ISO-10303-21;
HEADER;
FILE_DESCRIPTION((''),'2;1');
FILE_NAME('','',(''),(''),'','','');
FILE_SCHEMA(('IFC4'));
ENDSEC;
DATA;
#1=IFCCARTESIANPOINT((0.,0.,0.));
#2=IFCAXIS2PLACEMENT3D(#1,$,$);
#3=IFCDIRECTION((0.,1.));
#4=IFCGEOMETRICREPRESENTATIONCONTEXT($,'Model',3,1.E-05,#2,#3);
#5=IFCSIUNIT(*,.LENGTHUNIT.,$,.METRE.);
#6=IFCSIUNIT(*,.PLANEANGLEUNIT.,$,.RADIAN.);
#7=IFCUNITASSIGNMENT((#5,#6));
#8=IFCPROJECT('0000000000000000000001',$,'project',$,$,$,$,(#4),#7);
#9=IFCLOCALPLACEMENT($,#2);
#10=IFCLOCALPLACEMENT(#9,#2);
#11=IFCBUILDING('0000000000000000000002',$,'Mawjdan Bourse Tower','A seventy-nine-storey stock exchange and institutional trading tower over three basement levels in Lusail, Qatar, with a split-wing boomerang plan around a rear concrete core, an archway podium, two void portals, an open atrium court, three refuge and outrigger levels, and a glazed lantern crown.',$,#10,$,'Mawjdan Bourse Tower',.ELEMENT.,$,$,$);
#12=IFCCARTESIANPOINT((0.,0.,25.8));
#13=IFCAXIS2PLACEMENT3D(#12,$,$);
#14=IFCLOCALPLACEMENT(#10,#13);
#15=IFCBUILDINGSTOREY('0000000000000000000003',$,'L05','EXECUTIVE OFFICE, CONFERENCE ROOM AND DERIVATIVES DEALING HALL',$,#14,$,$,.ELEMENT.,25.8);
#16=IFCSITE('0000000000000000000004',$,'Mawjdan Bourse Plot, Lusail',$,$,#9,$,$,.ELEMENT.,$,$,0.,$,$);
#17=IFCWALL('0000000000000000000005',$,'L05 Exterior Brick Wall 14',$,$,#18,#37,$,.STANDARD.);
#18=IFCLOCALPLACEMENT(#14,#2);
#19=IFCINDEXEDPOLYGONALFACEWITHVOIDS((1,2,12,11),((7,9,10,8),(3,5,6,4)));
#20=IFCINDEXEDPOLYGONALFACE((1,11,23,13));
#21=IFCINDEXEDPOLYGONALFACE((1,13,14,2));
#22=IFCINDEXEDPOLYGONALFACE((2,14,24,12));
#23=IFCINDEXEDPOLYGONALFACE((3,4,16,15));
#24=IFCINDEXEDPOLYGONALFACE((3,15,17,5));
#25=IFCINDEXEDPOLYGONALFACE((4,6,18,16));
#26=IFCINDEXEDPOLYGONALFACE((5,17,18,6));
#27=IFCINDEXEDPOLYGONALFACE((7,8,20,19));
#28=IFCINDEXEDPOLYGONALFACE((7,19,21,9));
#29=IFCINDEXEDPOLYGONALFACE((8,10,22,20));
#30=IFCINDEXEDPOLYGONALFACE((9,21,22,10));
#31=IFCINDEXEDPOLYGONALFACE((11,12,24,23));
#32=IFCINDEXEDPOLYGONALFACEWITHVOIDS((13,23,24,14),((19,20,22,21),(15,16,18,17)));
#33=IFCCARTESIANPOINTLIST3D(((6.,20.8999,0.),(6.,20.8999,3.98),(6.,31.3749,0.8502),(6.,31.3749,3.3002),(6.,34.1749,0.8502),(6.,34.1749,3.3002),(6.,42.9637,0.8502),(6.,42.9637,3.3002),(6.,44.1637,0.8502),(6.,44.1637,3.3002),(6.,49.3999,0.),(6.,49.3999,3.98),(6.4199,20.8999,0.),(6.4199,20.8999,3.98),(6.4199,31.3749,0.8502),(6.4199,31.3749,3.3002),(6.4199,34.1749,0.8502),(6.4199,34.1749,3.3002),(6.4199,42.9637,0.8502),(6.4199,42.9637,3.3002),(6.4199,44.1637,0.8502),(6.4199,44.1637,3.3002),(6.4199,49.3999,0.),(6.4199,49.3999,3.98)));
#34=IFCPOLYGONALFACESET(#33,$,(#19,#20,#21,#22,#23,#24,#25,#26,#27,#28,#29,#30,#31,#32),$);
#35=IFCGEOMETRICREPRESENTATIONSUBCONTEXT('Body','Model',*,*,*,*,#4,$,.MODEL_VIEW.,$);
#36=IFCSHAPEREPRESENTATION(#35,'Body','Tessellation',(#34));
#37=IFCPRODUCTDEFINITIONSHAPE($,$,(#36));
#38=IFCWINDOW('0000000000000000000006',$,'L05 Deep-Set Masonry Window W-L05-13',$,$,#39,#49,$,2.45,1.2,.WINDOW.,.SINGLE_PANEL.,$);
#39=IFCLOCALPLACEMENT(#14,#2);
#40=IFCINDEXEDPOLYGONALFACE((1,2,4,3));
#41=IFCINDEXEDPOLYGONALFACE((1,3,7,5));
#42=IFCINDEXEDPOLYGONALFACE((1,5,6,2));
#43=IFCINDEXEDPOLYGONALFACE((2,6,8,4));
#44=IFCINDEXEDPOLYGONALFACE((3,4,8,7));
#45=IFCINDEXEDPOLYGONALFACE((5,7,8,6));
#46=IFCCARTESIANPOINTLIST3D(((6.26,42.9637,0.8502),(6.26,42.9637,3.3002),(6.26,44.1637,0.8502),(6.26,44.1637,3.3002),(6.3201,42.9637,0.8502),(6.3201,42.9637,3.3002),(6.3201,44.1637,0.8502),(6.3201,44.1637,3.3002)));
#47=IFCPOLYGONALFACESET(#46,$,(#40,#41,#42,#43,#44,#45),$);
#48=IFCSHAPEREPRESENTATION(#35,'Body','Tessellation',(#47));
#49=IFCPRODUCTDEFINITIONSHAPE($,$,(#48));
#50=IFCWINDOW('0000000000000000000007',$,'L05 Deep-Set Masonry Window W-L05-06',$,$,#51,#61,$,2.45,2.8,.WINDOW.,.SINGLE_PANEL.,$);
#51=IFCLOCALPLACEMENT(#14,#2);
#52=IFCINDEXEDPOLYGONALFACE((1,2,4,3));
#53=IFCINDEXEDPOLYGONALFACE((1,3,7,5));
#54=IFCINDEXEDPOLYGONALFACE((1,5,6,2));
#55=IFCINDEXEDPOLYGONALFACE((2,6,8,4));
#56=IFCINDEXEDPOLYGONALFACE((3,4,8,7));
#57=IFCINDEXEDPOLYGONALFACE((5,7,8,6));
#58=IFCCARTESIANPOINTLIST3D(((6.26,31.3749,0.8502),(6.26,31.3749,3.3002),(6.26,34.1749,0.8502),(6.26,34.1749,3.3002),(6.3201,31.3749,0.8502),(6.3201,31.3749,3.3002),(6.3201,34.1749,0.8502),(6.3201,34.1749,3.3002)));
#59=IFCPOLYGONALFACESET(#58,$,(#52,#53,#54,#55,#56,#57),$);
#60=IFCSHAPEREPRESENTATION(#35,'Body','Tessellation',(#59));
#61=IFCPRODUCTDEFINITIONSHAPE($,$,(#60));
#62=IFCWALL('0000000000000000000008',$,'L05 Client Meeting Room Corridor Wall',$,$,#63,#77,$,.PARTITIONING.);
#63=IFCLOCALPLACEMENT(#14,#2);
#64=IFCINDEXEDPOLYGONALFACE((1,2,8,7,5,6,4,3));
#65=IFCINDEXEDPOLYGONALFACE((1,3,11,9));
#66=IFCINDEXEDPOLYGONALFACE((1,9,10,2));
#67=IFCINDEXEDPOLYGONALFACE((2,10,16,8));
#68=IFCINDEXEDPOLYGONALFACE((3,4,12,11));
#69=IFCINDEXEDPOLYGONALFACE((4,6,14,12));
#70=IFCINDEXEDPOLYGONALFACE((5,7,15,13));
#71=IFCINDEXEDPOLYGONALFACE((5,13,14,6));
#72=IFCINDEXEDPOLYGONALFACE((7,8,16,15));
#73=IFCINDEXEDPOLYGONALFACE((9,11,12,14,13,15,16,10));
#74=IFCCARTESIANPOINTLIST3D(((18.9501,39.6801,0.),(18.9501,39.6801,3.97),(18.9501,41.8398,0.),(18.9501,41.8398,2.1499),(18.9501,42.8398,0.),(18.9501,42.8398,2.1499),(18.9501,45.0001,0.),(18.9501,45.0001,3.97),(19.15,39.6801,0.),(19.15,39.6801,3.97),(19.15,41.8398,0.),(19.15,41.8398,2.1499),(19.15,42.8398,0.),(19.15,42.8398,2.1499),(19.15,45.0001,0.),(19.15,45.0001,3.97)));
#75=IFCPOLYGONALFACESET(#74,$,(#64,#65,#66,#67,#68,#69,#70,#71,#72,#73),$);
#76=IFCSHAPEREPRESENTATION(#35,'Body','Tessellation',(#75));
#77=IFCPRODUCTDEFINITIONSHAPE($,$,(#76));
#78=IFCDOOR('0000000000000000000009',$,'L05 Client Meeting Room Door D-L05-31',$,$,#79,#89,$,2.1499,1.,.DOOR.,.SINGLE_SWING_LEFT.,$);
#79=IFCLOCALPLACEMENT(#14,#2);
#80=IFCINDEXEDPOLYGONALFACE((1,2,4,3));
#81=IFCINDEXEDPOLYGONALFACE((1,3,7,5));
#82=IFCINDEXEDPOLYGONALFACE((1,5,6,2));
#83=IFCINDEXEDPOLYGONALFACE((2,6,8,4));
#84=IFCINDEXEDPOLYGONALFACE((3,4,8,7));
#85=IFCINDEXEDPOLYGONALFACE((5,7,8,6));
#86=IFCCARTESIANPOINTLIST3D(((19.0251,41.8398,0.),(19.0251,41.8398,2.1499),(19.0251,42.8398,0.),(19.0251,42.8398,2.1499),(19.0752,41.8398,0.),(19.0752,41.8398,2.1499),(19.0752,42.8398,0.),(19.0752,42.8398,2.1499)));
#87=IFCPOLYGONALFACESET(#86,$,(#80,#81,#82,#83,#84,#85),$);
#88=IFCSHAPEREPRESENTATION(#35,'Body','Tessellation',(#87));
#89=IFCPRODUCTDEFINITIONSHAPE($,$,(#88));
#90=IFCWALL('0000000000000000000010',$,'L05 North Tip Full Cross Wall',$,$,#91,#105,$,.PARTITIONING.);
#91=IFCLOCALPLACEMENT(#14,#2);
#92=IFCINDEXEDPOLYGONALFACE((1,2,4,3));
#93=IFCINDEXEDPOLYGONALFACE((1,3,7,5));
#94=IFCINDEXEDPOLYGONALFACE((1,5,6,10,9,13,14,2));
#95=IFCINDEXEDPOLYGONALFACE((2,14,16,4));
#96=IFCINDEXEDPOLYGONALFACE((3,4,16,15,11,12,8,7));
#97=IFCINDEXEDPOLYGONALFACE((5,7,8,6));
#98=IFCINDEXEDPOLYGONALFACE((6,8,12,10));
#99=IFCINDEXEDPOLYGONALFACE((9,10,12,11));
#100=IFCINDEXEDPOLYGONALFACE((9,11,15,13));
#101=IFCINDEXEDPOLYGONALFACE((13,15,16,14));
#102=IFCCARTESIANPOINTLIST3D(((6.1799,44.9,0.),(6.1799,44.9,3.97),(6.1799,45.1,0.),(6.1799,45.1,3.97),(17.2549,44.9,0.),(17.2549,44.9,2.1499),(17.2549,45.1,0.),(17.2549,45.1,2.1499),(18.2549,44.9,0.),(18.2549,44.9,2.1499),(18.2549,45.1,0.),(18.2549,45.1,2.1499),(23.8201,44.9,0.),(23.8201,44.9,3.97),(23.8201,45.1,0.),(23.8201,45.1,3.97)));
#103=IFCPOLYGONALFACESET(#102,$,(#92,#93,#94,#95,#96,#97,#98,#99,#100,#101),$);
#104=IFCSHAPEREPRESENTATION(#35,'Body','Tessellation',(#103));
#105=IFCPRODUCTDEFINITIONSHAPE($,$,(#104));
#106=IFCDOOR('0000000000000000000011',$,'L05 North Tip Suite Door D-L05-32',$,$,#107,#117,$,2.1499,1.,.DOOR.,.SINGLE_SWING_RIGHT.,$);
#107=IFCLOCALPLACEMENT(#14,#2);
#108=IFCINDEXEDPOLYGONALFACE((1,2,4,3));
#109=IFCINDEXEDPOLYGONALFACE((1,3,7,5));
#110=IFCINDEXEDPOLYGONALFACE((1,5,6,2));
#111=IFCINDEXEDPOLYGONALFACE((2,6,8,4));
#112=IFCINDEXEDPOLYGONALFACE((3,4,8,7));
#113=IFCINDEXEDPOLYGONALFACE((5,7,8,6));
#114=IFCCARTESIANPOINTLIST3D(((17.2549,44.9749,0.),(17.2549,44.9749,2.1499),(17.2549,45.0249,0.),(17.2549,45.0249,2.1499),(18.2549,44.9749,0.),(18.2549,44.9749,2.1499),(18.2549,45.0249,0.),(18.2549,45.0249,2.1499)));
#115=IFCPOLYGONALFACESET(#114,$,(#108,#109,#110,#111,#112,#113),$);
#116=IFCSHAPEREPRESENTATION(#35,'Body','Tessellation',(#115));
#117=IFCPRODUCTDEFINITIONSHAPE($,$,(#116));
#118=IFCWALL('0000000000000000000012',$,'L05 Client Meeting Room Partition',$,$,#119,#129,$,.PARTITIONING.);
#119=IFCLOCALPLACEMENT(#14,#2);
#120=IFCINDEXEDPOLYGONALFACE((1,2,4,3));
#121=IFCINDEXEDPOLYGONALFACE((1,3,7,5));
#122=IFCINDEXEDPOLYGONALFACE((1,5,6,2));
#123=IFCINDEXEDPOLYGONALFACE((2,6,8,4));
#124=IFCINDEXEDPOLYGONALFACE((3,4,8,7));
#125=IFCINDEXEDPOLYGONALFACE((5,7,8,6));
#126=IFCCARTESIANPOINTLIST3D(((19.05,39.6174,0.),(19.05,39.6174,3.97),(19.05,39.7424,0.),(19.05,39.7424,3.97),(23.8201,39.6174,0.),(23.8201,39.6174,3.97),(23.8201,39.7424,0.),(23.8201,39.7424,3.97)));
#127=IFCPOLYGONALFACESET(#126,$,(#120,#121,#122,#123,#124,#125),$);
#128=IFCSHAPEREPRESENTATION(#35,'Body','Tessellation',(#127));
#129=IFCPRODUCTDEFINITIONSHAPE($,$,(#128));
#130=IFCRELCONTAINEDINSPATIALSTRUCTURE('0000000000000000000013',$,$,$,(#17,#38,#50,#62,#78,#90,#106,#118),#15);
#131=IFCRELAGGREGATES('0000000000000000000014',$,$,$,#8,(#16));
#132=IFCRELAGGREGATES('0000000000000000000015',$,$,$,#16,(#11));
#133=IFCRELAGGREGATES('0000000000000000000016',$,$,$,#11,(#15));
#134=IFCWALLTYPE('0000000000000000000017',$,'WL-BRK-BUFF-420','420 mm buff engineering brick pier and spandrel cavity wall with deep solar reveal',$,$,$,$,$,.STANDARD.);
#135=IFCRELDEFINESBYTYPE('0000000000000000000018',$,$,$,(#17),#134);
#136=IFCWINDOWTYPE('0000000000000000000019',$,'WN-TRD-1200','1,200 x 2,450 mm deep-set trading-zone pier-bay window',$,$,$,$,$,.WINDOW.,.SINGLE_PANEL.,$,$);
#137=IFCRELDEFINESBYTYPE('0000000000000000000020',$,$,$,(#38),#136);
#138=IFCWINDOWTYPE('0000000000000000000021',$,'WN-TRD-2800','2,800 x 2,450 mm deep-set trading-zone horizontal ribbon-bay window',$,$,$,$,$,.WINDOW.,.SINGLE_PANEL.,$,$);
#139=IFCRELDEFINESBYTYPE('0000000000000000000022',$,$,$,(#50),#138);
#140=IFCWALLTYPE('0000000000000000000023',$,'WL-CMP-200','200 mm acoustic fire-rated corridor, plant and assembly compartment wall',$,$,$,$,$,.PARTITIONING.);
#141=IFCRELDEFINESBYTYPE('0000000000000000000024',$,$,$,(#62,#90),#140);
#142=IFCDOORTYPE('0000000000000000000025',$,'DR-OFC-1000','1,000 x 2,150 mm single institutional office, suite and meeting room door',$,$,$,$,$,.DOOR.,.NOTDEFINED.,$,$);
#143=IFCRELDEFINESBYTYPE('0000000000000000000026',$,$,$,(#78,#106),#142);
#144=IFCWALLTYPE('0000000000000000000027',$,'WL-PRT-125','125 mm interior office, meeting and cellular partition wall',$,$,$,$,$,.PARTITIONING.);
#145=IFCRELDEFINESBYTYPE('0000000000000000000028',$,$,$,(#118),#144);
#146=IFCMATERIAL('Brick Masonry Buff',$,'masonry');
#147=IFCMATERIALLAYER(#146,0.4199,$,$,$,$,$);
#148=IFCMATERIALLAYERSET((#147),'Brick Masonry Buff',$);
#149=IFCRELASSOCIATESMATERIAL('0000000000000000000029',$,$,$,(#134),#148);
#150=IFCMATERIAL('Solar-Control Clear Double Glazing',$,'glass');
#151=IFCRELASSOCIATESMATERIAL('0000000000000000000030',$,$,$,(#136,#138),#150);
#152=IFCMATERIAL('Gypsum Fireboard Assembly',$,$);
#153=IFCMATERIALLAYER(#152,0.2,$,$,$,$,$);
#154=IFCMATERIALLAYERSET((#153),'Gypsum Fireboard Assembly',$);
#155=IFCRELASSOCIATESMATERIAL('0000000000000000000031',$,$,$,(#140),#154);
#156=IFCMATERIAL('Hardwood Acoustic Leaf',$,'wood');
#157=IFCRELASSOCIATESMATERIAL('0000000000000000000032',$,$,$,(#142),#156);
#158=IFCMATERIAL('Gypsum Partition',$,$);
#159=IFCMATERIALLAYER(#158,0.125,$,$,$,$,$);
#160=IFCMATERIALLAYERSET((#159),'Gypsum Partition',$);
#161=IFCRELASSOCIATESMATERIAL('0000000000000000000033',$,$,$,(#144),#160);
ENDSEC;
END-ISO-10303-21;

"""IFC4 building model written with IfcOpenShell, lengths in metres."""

from ifc_helpers import new_model, si_unit, direction, frame, frame_2d, origin, place, context, subcontext, project, spatial, rectangle, extrude, material, layer, layer_set, type_object, element, fill, save


model = new_model("IFC4")

# Units and contexts
model_context = context("Model", 3, precision=1e-05, world=origin(), true_north=direction((0.0, 1.0)))
body_context = subcontext(model_context, "Body", "Model", "MODEL_VIEW")
ifc_project = project(units=[si_unit("LENGTHUNIT", "METRE"), si_unit("PLANEANGLEUNIT", "RADIAN")], contexts=[model_context])

# Site, building, storey
site_placement = place(None, origin())
site = spatial("IfcSite", under=ifc_project, at=site_placement, Name="Mawjdan Bourse Plot, Lusail", CompositionType="ELEMENT", RefElevation=0.0)
building_placement = place(site_placement, origin())
building = spatial("IfcBuilding", under=site, at=building_placement, Name="Mawjdan Bourse Tower", Description="A seventy-nine-storey stock exchange and institutional trading tower over three basement levels in Lusail, Qatar, with a split-wing boomerang plan around a rear concrete core, an archway podium, two void portals, an open atrium court, three refuge and outrigger levels, and a glazed lantern crown.", LongName="Mawjdan Bourse Tower", CompositionType="ELEMENT")
storey_placement = place(building_placement, frame((0.0, 0.0, 25.8)))
storey = spatial("IfcBuildingStorey", under=building, at=storey_placement, Name="L05", Description="EXECUTIVE OFFICE, CONFERENCE ROOM AND DERIVATIVES DEALING HALL", CompositionType="ELEMENT", Elevation=25.8)

# Shared definitions
ifc_material_1 = material(Name="Brick Masonry Buff", Category="masonry")
ifc_layer_1 = layer(ifc_material_1, 0.4199)
ifc_layer_set_1 = layer_set([ifc_layer_1], Name="Brick Masonry Buff")
wall_type_1 = type_object("IfcWallType", Name="WL-BRK-BUFF-420", Description="420 mm buff engineering brick pier and spandrel cavity wall with deep solar reveal", PredefinedType="STANDARD", material=ifc_layer_set_1)

# Shared definitions
ifc_material_2 = material(Name="Solar-Control Clear Double Glazing", Category="glass")

# Wall, openings, windows
wall_1_placement = place(storey_placement, frame((6.21, 49.3999, 0.0), z_axis=(0.0, 0.0, 1.0), x_axis=(0.0, -1.0, 0.0)))
wall_1 = element("IfcWall", 1, at=wall_1_placement, inside=storey, type_object=wall_type_1, Name="L05 Exterior Brick Wall 14", PredefinedType="STANDARD", context=body_context, shape_type="SweptSolid", body=[
    extrude(rectangle(XDim=28.5, YDim=0.4199, at=frame_2d((14.25, 0.0))), origin(), (0.0, 0.0, 1.0), 3.98),
])
opening_1_placement = place(wall_1_placement, frame((15.2251, 0.0, 0.8501)))
opening_1 = element("IfcOpeningElement", 2, at=opening_1_placement, cuts=wall_1, PredefinedType="OPENING", context=body_context, shape_type="SweptSolid", body=[
    extrude(rectangle(XDim=2.8, YDim=2.45, at=frame_2d((1.3999, 1.2251))), frame((0.0, 0.22, 0.0), z_axis=(0.0, -1.0, 0.0), x_axis=(1.0, 0.0, 0.0)), (0.0, 0.0, 1.0), 0.4399),
])
opening_2_placement = place(wall_1_placement, frame((5.2361, 0.0, 0.8501)))
opening_2 = element("IfcOpeningElement", 3, at=opening_2_placement, cuts=wall_1, PredefinedType="OPENING", context=body_context, shape_type="SweptSolid", body=[
    extrude(rectangle(XDim=1.2, YDim=2.45, at=frame_2d((0.6001, 1.2251))), frame((0.0, 0.22, 0.0), z_axis=(0.0, -1.0, 0.0), x_axis=(1.0, 0.0, 0.0)), (0.0, 0.0, 1.0), 0.4399),
])
window_type_1 = type_object("IfcWindowType", Name="WN-TRD-1200", Description="1,200 x 2,450 mm deep-set trading-zone pier-bay window", PartitioningType="SINGLE_PANEL", PredefinedType="WINDOW", material=ifc_material_2)
window_1_placement = place(opening_2_placement, origin())
window_1 = element("IfcWindow", 4, at=window_1_placement, inside=storey, type_object=window_type_1, Name="L05 Deep-Set Masonry Window W-L05-13", OverallHeight=2.45, OverallWidth=1.2, PartitioningType="SINGLE_PANEL", PredefinedType="WINDOW", context=body_context, shape_type="SweptSolid", body=[
    extrude(rectangle(XDim=1.2, YDim=2.45, at=frame_2d((0.6001, 1.2251))), frame((0.0, 0.1101, 0.0), z_axis=(0.0, -1.0, 0.0), x_axis=(1.0, 0.0, 0.0)), (0.0, 0.0, 1.0), 0.0601),
])
fill(opening_2, window_1)
window_type_2 = type_object("IfcWindowType", Name="WN-TRD-2800", Description="2,800 x 2,450 mm deep-set trading-zone horizontal ribbon-bay window", PartitioningType="SINGLE_PANEL", PredefinedType="WINDOW", material=ifc_material_2)
window_2_placement = place(opening_1_placement, origin())
window_2 = element("IfcWindow", 5, at=window_2_placement, inside=storey, type_object=window_type_2, Name="L05 Deep-Set Masonry Window W-L05-06", OverallHeight=2.45, OverallWidth=2.8, PartitioningType="SINGLE_PANEL", PredefinedType="WINDOW", context=body_context, shape_type="SweptSolid", body=[
    extrude(rectangle(XDim=2.8, YDim=2.45, at=frame_2d((1.3999, 1.2251))), frame((0.0, 0.1101, 0.0), z_axis=(0.0, -1.0, 0.0), x_axis=(1.0, 0.0, 0.0)), (0.0, 0.0, 1.0), 0.0601),
])
fill(opening_1, window_2)

# Walls, openings, doors
ifc_material_3 = material(Name="Gypsum Fireboard Assembly")
ifc_layer_2 = layer(ifc_material_3, 0.2)
ifc_layer_set_2 = layer_set([ifc_layer_2], Name="Gypsum Fireboard Assembly")
wall_type_2 = type_object("IfcWallType", Name="WL-CMP-200", Description="200 mm acoustic fire-rated corridor, plant and assembly compartment wall", PredefinedType="PARTITIONING", material=ifc_layer_set_2)
wall_2_placement = place(storey_placement, frame((19.05, 39.6799, 0.0), z_axis=(0.0, 0.0, 1.0), x_axis=(0.0, 1.0, 0.0)))
wall_2 = element("IfcWall", 6, at=wall_2_placement, inside=storey, type_object=wall_type_2, Name="L05 Client Meeting Room Corridor Wall", PredefinedType="PARTITIONING", context=body_context, shape_type="SweptSolid", body=[
    extrude(rectangle(XDim=5.3201, YDim=0.2, at=frame_2d((2.6602, 0.0))), origin(), (0.0, 0.0, 1.0), 3.97),
])
opening_3_placement = place(wall_2_placement, frame((2.1599, 0.0, 0.0)))
opening_3 = element("IfcOpeningElement", 7, at=opening_3_placement, cuts=wall_2, PredefinedType="OPENING", context=body_context, shape_type="SweptSolid", body=[
    extrude(rectangle(XDim=1.0, YDim=2.1499, at=frame_2d((0.5, 1.075))), frame((0.0, 0.1099, 0.0), z_axis=(0.0, -1.0, 0.0), x_axis=(1.0, 0.0, 0.0)), (0.0, 0.0, 1.0), 0.22),
])
ifc_material_4 = material(Name="Hardwood Acoustic Leaf", Category="wood")
door_type = type_object("IfcDoorType", Name="DR-OFC-1000", Description="1,000 x 2,150 mm single institutional office, suite and meeting room door", OperationType="NOTDEFINED", PredefinedType="DOOR", material=ifc_material_4)
door_1_placement = place(opening_3_placement, origin())
door_1 = element("IfcDoor", 8, at=door_1_placement, inside=storey, type_object=door_type, Name="L05 Client Meeting Room Door D-L05-31", OperationType="SINGLE_SWING_LEFT", OverallHeight=2.1499, OverallWidth=1.0, PredefinedType="DOOR", context=body_context, shape_type="SweptSolid", body=[
    extrude(rectangle(XDim=1.0, YDim=2.1499, at=frame_2d((0.5, 1.075))), frame((0.0, 0.0249, 0.0), z_axis=(0.0, -1.0, 0.0), x_axis=(1.0, 0.0, 0.0)), (0.0, 0.0, 1.0), 0.05),
])
fill(opening_3, door_1)
wall_3_placement = place(storey_placement, frame((6.1799, 45.0, 0.0), z_axis=(0.0, 0.0, 1.0), x_axis=(1.0, 0.0, 0.0)))
wall_3 = element("IfcWall", 9, at=wall_3_placement, inside=storey, type_object=wall_type_2, Name="L05 North Tip Full Cross Wall", PredefinedType="PARTITIONING", context=body_context, shape_type="SweptSolid", body=[
    extrude(rectangle(XDim=17.6401, YDim=0.2, at=frame_2d((8.8201, 0.0))), origin(), (0.0, 0.0, 1.0), 3.97),
])
opening_4_placement = place(wall_3_placement, frame((11.075, 0.0, 0.0)))
opening_4 = element("IfcOpeningElement", 10, at=opening_4_placement, cuts=wall_3, PredefinedType="OPENING", context=body_context, shape_type="SweptSolid", body=[
    extrude(rectangle(XDim=1.0, YDim=2.1499, at=frame_2d((0.5, 1.075))), frame((0.0, 0.1099, 0.0), z_axis=(0.0, -1.0, 0.0), x_axis=(1.0, 0.0, 0.0)), (0.0, 0.0, 1.0), 0.22),
])
door_2_placement = place(opening_4_placement, origin())
door_2 = element("IfcDoor", 11, at=door_2_placement, inside=storey, type_object=door_type, Name="L05 North Tip Suite Door D-L05-32", OperationType="SINGLE_SWING_RIGHT", OverallHeight=2.1499, OverallWidth=1.0, PredefinedType="DOOR", context=body_context, shape_type="SweptSolid", body=[
    extrude(rectangle(XDim=1.0, YDim=2.1499, at=frame_2d((0.5, 1.075))), frame((0.0, 0.0249, 0.0), z_axis=(0.0, -1.0, 0.0), x_axis=(1.0, 0.0, 0.0)), (0.0, 0.0, 1.0), 0.05),
])
fill(opening_4, door_2)

# Wall
ifc_material_5 = material(Name="Gypsum Partition")
ifc_layer_3 = layer(ifc_material_5, 0.125)
ifc_layer_set_3 = layer_set([ifc_layer_3], Name="Gypsum Partition")
wall_type_3 = type_object("IfcWallType", Name="WL-PRT-125", Description="125 mm interior office, meeting and cellular partition wall", PredefinedType="PARTITIONING", material=ifc_layer_set_3)
wall_4_placement = place(storey_placement, frame((19.05, 39.6799, 0.0), z_axis=(0.0, 0.0, 1.0), x_axis=(1.0, 0.0, 0.0)))
element("IfcWall", 12, at=wall_4_placement, inside=storey, type_object=wall_type_3, Name="L05 Client Meeting Room Partition", PredefinedType="PARTITIONING", context=body_context, shape_type="SweptSolid", body=[
    extrude(rectangle(XDim=4.77, YDim=0.125, at=frame_2d((2.385, 0.0))), origin(), (0.0, 0.0, 1.0), 3.97),
])

save(model, "model.ifc")
